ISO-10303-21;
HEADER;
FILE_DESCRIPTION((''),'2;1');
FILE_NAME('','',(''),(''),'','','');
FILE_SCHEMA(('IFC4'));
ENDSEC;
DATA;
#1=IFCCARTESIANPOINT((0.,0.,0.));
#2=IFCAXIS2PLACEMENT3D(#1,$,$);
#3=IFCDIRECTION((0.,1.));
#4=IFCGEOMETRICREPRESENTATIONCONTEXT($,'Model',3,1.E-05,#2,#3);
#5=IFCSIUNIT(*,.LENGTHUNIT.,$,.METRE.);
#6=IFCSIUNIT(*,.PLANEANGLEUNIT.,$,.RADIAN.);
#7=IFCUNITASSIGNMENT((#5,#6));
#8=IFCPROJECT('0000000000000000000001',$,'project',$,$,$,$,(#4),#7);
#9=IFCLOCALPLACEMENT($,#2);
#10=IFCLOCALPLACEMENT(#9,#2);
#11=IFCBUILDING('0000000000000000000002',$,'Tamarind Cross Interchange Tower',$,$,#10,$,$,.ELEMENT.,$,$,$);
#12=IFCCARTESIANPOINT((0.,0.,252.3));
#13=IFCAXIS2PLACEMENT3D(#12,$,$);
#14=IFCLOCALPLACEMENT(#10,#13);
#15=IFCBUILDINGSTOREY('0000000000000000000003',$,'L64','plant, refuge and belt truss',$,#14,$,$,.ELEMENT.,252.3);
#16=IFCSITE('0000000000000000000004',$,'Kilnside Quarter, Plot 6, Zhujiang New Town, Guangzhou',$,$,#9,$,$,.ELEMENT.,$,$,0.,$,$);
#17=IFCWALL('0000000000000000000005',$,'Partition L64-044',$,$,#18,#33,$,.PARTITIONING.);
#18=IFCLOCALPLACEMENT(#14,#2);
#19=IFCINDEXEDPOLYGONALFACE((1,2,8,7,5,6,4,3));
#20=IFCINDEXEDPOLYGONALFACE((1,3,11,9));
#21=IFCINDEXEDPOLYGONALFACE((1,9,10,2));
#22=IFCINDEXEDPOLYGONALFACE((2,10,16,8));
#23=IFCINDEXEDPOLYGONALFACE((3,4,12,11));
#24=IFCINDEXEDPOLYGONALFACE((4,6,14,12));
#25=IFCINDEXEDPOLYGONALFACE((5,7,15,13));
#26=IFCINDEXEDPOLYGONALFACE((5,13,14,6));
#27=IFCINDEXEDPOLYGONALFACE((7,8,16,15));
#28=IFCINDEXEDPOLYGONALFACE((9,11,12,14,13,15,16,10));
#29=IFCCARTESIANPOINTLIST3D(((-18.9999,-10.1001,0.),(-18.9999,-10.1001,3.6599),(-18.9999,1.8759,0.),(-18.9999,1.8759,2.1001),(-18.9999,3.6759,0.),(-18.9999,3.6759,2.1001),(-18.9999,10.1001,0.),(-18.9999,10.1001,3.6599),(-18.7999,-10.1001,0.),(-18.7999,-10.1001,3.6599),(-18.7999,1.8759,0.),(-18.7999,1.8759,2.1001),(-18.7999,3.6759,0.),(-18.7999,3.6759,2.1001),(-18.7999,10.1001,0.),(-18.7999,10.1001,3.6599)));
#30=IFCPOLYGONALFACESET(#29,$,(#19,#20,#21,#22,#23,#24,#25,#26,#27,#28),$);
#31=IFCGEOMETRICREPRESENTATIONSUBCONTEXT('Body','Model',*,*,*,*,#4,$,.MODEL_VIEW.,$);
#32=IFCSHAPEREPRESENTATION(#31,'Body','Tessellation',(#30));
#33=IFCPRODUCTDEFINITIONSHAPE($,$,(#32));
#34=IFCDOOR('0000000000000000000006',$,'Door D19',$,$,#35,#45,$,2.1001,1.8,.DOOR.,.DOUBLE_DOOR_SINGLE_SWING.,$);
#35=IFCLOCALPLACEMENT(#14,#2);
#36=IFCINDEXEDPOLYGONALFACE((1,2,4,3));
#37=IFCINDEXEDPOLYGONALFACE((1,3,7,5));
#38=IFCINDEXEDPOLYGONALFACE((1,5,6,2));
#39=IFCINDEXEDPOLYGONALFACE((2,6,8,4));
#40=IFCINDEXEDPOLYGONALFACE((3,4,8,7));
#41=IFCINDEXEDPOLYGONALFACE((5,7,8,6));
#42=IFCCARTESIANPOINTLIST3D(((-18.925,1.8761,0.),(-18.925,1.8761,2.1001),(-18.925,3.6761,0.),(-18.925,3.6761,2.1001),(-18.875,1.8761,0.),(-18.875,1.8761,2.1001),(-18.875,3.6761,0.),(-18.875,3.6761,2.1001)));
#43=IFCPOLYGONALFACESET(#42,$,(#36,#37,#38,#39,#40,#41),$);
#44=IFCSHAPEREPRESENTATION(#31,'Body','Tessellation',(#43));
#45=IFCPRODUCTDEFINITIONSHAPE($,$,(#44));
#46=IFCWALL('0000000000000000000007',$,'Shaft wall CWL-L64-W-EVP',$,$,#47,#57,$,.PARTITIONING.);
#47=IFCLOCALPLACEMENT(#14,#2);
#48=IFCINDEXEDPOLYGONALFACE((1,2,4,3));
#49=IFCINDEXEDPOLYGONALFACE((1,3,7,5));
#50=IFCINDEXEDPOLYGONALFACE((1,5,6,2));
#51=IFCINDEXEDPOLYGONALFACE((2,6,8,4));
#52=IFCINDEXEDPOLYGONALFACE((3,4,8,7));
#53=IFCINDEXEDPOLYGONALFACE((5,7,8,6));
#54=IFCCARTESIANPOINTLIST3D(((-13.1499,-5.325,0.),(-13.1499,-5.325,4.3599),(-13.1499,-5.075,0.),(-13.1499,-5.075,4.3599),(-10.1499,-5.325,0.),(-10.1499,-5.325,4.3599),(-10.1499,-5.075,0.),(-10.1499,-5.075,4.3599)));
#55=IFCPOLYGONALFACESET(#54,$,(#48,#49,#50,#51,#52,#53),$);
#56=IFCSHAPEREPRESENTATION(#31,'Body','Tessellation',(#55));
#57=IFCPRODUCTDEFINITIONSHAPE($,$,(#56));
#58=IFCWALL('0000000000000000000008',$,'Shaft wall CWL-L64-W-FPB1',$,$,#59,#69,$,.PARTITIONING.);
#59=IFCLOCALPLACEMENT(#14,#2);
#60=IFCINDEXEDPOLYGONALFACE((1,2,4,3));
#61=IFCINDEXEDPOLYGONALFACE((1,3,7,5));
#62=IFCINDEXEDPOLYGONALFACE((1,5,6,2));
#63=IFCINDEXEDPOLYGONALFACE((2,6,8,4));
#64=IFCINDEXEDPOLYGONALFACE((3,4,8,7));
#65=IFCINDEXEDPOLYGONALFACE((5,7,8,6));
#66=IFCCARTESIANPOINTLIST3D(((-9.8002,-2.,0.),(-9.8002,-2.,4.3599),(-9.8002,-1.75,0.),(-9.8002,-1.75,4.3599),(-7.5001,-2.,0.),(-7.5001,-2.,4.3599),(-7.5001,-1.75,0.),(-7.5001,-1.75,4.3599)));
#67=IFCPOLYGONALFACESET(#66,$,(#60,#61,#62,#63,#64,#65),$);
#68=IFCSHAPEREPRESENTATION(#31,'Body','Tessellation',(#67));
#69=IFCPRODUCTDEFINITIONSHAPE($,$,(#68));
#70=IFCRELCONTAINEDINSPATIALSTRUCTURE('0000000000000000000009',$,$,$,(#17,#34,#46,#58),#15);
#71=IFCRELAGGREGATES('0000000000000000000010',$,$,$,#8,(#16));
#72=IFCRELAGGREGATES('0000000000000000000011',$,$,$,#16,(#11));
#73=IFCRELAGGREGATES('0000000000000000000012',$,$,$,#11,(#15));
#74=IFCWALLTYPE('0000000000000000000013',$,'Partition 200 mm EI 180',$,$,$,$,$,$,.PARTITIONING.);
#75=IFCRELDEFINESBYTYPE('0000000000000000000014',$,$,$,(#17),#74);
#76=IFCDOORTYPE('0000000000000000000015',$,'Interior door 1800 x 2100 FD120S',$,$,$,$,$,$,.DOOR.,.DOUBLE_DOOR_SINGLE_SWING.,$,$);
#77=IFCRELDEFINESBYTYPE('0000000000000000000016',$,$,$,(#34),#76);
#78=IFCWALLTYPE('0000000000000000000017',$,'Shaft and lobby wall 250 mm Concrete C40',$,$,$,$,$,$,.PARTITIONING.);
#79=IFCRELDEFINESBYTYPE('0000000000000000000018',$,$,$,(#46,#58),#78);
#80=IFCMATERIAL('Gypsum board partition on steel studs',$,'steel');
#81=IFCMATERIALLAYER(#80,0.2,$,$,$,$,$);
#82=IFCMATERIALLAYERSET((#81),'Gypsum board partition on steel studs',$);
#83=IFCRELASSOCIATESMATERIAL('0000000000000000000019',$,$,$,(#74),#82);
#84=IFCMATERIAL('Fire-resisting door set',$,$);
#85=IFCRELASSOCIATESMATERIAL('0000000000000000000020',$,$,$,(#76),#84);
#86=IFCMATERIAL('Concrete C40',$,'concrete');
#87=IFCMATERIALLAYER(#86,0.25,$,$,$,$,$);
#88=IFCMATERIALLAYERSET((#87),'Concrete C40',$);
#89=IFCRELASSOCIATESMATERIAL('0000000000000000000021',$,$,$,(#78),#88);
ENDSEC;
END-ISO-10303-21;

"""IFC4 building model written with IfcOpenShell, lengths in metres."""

from ifc_helpers import new_model, si_unit, direction, frame, frame_2d, origin, place, context, subcontext, project, spatial, rectangle, extrude, material, layer, layer_set, type_object, element, fill, save


model = new_model("IFC4")

# Units and contexts
model_context = context("Model", 3, precision=1e-05, world=origin(), true_north=direction((0.0, 1.0)))
body_context = subcontext(model_context, "Body", "Model", "MODEL_VIEW")
ifc_project = project(units=[si_unit("LENGTHUNIT", "METRE"), si_unit("PLANEANGLEUNIT", "RADIAN")], contexts=[model_context])

# Site, building, storey
site_placement = place(None, origin())
site = spatial("IfcSite", under=ifc_project, at=site_placement, Name="Kilnside Quarter, Plot 6, Zhujiang New Town, Guangzhou", CompositionType="ELEMENT", RefElevation=0.0)
building_placement = place(site_placement, origin())
building = spatial("IfcBuilding", under=site, at=building_placement, Name="Tamarind Cross Interchange Tower", CompositionType="ELEMENT")
storey_placement = place(building_placement, frame((0.0, 0.0, 252.3)))
storey = spatial("IfcBuildingStorey", under=building, at=storey_placement, Name="L64", Description="plant, refuge and belt truss", CompositionType="ELEMENT", Elevation=252.3)

# Shared definitions
ifc_material_1 = material(Name="Gypsum board partition on steel studs", Category="steel")
ifc_layer_1 = layer(ifc_material_1, 0.2)
ifc_layer_set_1 = layer_set([ifc_layer_1], Name="Gypsum board partition on steel studs")
wall_type_1 = type_object("IfcWallType", Name="Partition 200 mm EI 180", PredefinedType="PARTITIONING", material=ifc_layer_set_1)

# Wall, opening, door
wall_1_placement = place(storey_placement, frame((-18.8999, -10.1001, 0.0), z_axis=(0.0, 0.0, 1.0), x_axis=(0.0, 1.0, 0.0)))
wall_1 = element("IfcWall", 1, at=wall_1_placement, inside=storey, type_object=wall_type_1, Name="Partition L64-044", PredefinedType="PARTITIONING", context=body_context, shape_type="SweptSolid", body=[
    extrude(rectangle(XDim=20.2002, YDim=0.2, at=frame_2d((10.1001, 0.0))), origin(), (0.0, 0.0, 1.0), 3.6599),
])
opening_1_placement = place(wall_1_placement, frame((11.9761, 0.0, 0.0)))
opening_1 = element("IfcOpeningElement", 2, at=opening_1_placement, cuts=wall_1, PredefinedType="OPENING", context=body_context, shape_type="SweptSolid", body=[
    extrude(rectangle(XDim=1.8, YDim=2.1001, at=frame_2d((0.8999, 1.05))), frame((0.0, 0.1099, 0.0), z_axis=(0.0, -1.0, 0.0), x_axis=(1.0, 0.0, 0.0)), (0.0, 0.0, 1.0), 0.22),
])
ifc_material_2 = material(Name="Fire-resisting door set")
door_type_1 = type_object("IfcDoorType", Name="Interior door 1800 x 2100 FD120S", OperationType="DOUBLE_DOOR_SINGLE_SWING", PredefinedType="DOOR", material=ifc_material_2)
door_1_placement = place(opening_1_placement, frame((1.8, 0.0, 0.0), z_axis=(0.0, 0.0, 1.0), x_axis=(-1.0, 0.0, 0.0)))
door_1 = element("IfcDoor", 3, at=door_1_placement, inside=storey, type_object=door_type_1, Name="Door D19", OperationType="DOUBLE_DOOR_SINGLE_SWING", OverallHeight=2.1001, OverallWidth=1.8, PredefinedType="DOOR", context=body_context, shape_type="SweptSolid", body=[
    extrude(rectangle(XDim=1.8, YDim=2.1001, at=frame_2d((0.8999, 1.05))), frame((0.0, 0.0249, 0.0), z_axis=(0.0, -1.0, 0.0), x_axis=(1.0, 0.0, 0.0)), (0.0, 0.0, 1.0), 0.05),
])
fill(opening_1, door_1)

# Walls
ifc_material_3 = material(Name="Concrete C40", Category="concrete")
ifc_layer_2 = layer(ifc_material_3, 0.25)
ifc_layer_set_2 = layer_set([ifc_layer_2], Name="Concrete C40")
wall_type_2 = type_object("IfcWallType", Name="Shaft and lobby wall 250 mm Concrete C40", PredefinedType="PARTITIONING", material=ifc_layer_set_2)
wall_2_placement = place(storey_placement, frame((-13.1499, -5.2, 0.0), z_axis=(0.0, 0.0, 1.0), x_axis=(1.0, 0.0, 0.0)))
element("IfcWall", 4, at=wall_2_placement, inside=storey, type_object=wall_type_2, Name="Shaft wall CWL-L64-W-EVP", PredefinedType="PARTITIONING", context=body_context, shape_type="SweptSolid", body=[
    extrude(rectangle(XDim=3.0, YDim=0.25, at=frame_2d((1.5, 0.0))), origin(), (0.0, 0.0, 1.0), 4.3599),
])
wall_3_placement = place(storey_placement, frame((-9.8, -1.875, 0.0), z_axis=(0.0, 0.0, 1.0), x_axis=(1.0, 0.0, 0.0)))
element("IfcWall", 5, at=wall_3_placement, inside=storey, type_object=wall_type_2, Name="Shaft wall CWL-L64-W-FPB1", PredefinedType="PARTITIONING", context=body_context, shape_type="SweptSolid", body=[
    extrude(rectangle(XDim=2.3, YDim=0.25, at=frame_2d((1.1499, 0.0))), origin(), (0.0, 0.0, 1.0), 4.3599),
])

save(model, "model.ifc")
